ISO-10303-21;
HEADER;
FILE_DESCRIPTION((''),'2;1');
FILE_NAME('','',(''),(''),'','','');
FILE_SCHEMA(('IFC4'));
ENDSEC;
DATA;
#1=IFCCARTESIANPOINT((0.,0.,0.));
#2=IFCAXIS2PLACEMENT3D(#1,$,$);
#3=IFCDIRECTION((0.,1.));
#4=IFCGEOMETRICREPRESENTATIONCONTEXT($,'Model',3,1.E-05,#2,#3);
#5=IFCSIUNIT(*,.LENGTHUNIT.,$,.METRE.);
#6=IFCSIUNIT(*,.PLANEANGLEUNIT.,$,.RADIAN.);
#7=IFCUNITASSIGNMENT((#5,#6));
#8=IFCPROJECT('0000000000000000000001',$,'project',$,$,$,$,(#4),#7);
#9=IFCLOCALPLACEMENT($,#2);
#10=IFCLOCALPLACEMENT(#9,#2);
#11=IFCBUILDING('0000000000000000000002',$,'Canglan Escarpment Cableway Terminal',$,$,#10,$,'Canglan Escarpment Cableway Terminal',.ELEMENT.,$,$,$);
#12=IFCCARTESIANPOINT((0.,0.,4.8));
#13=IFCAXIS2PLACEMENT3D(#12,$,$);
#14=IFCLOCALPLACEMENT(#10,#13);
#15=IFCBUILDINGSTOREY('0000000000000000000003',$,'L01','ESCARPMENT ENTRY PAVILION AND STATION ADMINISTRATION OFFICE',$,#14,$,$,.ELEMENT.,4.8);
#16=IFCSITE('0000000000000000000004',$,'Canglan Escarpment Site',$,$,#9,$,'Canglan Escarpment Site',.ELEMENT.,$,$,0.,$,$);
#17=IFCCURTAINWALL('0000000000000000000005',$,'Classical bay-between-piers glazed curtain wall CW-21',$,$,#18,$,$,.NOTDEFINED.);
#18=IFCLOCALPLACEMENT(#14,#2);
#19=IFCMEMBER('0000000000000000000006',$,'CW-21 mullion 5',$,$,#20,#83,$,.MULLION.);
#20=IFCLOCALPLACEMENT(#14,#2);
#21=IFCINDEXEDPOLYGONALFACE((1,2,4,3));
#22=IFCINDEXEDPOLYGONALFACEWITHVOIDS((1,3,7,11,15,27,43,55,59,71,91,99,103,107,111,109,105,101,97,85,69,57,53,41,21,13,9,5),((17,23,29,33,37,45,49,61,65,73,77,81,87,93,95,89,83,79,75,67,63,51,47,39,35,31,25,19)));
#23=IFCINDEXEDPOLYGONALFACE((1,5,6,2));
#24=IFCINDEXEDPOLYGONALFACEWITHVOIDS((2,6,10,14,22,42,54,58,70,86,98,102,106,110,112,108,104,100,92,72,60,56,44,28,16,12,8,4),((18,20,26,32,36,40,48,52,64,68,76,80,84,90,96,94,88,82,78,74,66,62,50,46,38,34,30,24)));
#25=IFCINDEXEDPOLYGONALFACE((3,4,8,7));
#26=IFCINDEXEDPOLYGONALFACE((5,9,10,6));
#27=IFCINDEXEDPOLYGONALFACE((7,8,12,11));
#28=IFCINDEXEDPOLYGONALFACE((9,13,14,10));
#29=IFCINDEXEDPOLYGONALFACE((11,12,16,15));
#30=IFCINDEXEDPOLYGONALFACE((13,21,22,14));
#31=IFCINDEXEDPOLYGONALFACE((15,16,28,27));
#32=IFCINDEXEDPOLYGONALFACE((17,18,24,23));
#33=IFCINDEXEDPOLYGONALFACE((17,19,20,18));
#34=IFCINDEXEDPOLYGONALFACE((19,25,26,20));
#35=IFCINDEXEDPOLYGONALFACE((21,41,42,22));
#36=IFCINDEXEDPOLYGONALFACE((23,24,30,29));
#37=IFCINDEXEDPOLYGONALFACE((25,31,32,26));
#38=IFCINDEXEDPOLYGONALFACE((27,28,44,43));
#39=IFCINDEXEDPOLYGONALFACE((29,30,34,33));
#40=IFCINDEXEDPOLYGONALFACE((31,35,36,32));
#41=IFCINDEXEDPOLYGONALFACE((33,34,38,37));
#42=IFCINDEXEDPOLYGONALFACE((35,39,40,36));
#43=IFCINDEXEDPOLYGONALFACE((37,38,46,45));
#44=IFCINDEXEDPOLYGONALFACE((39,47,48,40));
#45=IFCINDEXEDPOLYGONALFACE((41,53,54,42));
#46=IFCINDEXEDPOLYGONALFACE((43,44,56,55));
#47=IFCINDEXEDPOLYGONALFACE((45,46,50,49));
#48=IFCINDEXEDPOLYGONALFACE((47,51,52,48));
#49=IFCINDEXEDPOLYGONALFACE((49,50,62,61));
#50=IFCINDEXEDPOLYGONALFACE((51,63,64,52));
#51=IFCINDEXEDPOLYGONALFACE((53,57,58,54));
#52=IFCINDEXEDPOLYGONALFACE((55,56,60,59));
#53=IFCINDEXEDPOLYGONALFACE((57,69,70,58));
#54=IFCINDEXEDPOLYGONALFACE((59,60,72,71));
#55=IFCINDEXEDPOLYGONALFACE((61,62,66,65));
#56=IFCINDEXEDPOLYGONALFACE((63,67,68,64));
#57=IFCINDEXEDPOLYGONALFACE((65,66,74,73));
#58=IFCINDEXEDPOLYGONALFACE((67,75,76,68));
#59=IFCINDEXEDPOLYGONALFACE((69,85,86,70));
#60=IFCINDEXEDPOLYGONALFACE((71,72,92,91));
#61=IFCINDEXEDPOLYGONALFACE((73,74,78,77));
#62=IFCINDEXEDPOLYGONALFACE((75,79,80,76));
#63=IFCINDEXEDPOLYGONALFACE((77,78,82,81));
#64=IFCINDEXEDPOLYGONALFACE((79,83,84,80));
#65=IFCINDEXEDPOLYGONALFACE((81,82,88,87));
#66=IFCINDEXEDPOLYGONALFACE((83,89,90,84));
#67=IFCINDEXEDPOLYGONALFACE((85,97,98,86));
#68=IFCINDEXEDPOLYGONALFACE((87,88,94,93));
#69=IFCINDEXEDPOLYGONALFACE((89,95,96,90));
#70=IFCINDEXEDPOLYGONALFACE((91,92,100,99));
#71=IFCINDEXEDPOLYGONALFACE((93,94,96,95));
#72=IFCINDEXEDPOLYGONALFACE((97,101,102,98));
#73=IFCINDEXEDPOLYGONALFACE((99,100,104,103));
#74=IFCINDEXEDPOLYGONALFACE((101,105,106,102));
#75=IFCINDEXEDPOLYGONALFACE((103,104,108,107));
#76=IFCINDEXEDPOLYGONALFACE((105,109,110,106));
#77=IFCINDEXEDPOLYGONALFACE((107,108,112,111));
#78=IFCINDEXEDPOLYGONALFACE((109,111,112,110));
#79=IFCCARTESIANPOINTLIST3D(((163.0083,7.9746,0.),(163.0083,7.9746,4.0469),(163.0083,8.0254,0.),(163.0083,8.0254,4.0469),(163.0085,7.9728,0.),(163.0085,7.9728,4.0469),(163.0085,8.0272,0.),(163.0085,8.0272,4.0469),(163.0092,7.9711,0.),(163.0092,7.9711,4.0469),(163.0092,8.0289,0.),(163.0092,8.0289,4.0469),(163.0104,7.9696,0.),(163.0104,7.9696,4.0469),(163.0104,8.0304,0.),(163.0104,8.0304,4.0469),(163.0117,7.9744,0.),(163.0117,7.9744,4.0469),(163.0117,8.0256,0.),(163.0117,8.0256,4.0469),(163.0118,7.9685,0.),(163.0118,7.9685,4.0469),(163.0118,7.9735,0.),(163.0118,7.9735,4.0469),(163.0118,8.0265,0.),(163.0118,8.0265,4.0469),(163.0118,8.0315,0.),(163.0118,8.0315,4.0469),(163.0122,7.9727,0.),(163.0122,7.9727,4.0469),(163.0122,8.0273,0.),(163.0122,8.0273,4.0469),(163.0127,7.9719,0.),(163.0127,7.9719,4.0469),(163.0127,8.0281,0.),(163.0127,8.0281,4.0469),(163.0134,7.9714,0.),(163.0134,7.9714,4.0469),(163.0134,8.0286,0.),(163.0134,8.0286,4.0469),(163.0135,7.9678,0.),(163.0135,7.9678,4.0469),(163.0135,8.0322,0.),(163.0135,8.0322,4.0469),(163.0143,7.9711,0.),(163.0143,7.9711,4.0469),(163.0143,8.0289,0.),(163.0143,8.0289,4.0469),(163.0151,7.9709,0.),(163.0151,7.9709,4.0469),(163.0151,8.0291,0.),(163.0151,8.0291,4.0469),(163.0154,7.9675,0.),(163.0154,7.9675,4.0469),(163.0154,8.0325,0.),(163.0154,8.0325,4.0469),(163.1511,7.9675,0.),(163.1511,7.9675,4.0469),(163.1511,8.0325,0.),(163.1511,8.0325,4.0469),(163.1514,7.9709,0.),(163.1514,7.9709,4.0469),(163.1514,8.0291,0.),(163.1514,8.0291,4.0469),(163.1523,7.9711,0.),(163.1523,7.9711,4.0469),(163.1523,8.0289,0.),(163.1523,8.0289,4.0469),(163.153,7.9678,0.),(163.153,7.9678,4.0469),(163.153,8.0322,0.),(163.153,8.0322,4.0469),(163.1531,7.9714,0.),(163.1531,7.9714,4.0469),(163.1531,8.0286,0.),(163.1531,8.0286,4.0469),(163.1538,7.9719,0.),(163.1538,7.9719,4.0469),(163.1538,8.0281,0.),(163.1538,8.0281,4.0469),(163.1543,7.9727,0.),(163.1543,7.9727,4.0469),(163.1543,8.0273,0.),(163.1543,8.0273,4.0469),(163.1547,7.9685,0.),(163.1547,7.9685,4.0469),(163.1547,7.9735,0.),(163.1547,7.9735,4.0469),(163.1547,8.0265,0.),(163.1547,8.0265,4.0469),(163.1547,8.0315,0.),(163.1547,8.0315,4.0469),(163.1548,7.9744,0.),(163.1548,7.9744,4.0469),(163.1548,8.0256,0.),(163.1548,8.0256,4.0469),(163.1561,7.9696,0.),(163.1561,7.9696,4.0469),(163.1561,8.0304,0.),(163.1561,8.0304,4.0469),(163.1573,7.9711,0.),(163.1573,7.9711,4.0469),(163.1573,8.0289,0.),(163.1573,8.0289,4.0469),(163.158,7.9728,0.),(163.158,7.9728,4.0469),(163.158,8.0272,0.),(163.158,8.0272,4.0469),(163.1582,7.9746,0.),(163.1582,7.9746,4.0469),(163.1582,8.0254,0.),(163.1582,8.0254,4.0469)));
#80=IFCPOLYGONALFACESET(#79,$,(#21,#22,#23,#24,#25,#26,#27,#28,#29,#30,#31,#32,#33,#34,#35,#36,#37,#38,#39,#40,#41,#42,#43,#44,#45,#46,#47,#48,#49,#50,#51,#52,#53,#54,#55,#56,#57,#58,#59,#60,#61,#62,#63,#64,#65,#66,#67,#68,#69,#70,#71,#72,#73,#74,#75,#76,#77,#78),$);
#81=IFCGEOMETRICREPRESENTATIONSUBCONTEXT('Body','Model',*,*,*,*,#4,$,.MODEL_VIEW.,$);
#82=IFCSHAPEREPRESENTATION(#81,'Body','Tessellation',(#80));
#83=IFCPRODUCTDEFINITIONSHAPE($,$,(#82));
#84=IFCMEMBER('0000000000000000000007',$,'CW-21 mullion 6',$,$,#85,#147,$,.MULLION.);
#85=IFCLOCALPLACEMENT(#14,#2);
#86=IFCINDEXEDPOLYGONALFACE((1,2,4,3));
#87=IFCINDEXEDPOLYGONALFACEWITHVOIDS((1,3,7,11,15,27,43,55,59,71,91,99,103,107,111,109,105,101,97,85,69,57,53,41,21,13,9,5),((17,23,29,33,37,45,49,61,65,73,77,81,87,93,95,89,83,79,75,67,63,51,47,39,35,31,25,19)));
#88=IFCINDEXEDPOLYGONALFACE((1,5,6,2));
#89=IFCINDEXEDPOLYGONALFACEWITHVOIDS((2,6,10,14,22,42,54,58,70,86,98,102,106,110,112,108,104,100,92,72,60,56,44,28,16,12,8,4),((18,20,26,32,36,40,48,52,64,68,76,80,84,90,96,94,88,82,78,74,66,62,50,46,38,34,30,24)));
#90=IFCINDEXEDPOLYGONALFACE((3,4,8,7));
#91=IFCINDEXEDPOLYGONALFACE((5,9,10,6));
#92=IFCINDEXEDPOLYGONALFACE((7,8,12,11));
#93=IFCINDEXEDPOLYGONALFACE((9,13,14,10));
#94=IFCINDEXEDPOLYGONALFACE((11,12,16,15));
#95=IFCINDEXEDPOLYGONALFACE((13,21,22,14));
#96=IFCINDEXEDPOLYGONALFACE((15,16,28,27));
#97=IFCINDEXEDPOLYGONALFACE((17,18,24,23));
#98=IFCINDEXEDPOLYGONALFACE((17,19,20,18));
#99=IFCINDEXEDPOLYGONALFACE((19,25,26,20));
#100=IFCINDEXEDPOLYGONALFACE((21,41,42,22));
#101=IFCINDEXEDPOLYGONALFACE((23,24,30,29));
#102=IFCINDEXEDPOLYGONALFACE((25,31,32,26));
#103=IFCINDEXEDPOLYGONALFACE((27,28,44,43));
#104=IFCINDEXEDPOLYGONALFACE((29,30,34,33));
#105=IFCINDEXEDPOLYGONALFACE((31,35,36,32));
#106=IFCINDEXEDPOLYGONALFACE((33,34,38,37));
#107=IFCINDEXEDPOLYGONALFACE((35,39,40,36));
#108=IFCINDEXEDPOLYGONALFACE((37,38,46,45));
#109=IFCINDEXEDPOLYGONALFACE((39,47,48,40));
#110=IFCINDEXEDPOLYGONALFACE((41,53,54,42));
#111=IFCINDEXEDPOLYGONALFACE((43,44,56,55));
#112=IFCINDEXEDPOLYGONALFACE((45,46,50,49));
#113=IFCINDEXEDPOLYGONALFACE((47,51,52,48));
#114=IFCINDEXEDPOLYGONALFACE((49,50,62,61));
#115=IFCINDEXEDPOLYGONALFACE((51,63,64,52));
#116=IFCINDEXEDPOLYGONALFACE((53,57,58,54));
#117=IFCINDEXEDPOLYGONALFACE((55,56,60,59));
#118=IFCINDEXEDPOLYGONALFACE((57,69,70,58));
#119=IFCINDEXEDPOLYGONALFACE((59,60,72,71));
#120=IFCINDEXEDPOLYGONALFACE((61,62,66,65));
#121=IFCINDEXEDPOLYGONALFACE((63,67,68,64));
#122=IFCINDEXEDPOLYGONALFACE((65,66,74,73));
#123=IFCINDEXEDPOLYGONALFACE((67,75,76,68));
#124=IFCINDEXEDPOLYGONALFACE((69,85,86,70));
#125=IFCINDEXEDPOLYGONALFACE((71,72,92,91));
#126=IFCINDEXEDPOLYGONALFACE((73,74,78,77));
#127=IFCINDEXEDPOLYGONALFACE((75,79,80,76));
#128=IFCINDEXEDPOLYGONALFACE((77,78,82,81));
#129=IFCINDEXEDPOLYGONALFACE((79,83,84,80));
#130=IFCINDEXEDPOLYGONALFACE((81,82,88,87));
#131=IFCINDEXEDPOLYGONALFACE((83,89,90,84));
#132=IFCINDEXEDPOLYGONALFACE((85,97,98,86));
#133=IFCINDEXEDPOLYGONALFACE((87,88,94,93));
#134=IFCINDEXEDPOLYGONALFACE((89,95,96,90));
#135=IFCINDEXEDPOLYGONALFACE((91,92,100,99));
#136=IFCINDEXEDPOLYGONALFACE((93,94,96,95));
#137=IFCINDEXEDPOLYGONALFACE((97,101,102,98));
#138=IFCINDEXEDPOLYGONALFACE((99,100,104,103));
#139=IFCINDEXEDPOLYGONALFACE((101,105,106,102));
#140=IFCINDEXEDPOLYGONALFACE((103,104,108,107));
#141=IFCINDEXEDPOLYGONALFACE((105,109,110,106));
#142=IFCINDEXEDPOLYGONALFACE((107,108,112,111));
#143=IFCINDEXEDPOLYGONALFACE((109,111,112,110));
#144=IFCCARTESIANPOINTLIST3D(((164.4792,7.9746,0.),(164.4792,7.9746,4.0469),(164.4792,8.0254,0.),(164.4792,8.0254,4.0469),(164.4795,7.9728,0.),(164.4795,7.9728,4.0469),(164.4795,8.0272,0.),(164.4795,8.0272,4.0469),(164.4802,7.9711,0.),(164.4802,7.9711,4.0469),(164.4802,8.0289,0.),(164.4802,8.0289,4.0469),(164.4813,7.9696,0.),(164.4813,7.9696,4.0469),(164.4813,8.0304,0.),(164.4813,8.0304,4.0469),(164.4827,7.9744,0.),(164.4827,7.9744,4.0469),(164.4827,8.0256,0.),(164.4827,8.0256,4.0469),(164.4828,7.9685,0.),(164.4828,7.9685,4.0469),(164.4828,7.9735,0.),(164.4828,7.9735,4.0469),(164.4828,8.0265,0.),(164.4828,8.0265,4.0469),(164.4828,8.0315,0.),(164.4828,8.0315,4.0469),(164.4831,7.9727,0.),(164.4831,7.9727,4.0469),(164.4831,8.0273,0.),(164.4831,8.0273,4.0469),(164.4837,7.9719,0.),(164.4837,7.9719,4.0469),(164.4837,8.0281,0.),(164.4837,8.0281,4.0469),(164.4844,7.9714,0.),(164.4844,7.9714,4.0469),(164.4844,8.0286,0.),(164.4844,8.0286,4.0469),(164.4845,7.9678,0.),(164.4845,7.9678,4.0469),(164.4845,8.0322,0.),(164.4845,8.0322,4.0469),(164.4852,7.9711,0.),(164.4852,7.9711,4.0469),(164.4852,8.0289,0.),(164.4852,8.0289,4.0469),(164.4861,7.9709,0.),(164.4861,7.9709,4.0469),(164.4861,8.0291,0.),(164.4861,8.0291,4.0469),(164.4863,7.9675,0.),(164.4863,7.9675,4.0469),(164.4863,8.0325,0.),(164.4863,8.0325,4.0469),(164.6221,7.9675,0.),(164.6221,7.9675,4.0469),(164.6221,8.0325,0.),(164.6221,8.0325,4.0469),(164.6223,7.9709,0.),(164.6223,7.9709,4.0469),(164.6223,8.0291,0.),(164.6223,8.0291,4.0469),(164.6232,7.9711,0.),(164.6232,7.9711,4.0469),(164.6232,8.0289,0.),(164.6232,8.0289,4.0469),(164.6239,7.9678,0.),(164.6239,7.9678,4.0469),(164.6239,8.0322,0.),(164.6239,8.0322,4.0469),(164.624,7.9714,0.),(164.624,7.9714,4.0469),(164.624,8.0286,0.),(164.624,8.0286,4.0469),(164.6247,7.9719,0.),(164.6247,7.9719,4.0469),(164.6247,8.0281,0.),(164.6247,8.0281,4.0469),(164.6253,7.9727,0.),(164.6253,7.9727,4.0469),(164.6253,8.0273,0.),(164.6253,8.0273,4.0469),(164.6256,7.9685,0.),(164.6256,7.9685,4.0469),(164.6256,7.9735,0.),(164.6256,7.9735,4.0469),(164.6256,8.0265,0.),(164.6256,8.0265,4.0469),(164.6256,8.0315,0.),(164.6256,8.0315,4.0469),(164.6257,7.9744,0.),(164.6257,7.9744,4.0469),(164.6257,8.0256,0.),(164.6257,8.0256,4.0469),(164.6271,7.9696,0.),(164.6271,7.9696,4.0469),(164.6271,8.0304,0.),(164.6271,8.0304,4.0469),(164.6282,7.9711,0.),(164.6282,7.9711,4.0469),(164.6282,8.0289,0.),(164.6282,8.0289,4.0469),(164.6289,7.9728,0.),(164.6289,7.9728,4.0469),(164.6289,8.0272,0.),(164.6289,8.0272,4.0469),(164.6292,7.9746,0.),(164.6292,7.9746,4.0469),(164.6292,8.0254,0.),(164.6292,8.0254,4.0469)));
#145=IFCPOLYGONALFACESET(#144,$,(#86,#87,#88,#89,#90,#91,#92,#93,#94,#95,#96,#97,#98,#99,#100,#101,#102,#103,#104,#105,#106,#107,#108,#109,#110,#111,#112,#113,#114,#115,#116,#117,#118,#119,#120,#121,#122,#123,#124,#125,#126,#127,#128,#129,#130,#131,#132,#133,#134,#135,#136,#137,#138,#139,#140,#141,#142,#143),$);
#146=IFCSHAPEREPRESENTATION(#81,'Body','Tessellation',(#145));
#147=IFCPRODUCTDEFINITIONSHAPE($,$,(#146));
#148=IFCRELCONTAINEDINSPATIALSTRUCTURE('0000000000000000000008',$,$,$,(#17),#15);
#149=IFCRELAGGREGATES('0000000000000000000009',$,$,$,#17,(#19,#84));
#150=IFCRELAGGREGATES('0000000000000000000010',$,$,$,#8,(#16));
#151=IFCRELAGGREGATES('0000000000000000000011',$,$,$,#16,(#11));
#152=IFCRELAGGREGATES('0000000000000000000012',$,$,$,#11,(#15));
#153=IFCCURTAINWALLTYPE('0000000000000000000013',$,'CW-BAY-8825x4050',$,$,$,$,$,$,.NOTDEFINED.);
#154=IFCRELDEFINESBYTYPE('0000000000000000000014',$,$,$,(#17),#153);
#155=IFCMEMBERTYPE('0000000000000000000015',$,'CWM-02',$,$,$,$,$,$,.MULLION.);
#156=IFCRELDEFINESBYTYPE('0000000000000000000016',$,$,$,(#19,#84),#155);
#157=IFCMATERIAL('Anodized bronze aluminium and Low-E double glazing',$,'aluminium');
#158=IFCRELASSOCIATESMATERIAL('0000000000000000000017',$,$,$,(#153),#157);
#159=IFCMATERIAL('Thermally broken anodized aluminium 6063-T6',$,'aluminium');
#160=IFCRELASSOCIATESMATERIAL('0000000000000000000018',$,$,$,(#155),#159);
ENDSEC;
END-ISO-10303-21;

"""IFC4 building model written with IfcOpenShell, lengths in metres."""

from ifc_helpers import new_model, si_unit, direction, frame, origin, origin_2d, place, context, subcontext, project, spatial, hollow_rectangle, extrude, material, material_profile, profile_set, type_object, element, aggregate, save


model = new_model("IFC4")

# Units and contexts
model_context = context("Model", 3, precision=1e-05, world=origin(), true_north=direction((0.0, 1.0)))
body_context = subcontext(model_context, "Body", "Model", "MODEL_VIEW")
ifc_project = project(units=[si_unit("LENGTHUNIT", "METRE"), si_unit("PLANEANGLEUNIT", "RADIAN")], contexts=[model_context])

# Site, building, storey
site_placement = place(None, origin())
site = spatial("IfcSite", under=ifc_project, at=site_placement, Name="Canglan Escarpment Site", LongName="Canglan Escarpment Site", CompositionType="ELEMENT", RefElevation=0.0)
building_placement = place(site_placement, origin())
building = spatial("IfcBuilding", under=site, at=building_placement, Name="Canglan Escarpment Cableway Terminal", LongName="Canglan Escarpment Cableway Terminal", CompositionType="ELEMENT")
storey_placement = place(building_placement, frame((0.0, 0.0, 4.8)))
storey = spatial("IfcBuildingStorey", under=building, at=storey_placement, Name="L01", Description="ESCARPMENT ENTRY PAVILION AND STATION ADMINISTRATION OFFICE", CompositionType="ELEMENT", Elevation=4.8)

# Curtain wall, members
ifc_material_1 = material(Name="Anodized bronze aluminium and Low-E double glazing", Category="aluminium")
curtain_wall_type_1 = type_object("IfcCurtainWallType", Name="CW-BAY-8825x4050", PredefinedType="NOTDEFINED", material=ifc_material_1)
curtain_wall_1_placement = place(storey_placement, origin())
curtain_wall_1 = element("IfcCurtainWall", 1, at=curtain_wall_1_placement, inside=storey, type_object=curtain_wall_type_1, Name="Classical bay-between-piers glazed curtain wall CW-21", PredefinedType="NOTDEFINED")
ifc_material_2 = material(Name="Thermally broken anodized aluminium 6063-T6", Category="aluminium")
ifc_material_profile_1 = material_profile(ifc_material_2, hollow_rectangle(XDim=0.0649, YDim=0.1499, WallThickness=0.0034, InnerFilletRadius=0.0034, OuterFilletRadius=0.0071, at=origin_2d()), Name="ALU-MULL 65x150x3.5")
ifc_profile_set_1 = profile_set([ifc_material_profile_1], Name="Thermally broken anodized aluminium 6063-T6")
member_type_1 = type_object("IfcMemberType", Name="CWM-02", PredefinedType="MULLION", material=ifc_profile_set_1)
member_1_placement = place(storey_placement, frame((163.0833, 8.0, 0.0), z_axis=(0.0, 0.0, 1.0), x_axis=(0.0, 1.0, 0.0)))
member_1 = element("IfcMember", 2, at=member_1_placement, type_object=member_type_1, Name="CW-21 mullion 5", PredefinedType="MULLION", context=body_context, shape_type="SweptSolid", body=[
    extrude(hollow_rectangle(XDim=0.0649, YDim=0.1499, WallThickness=0.0034, InnerFilletRadius=0.0034, OuterFilletRadius=0.0071, at=origin_2d()), origin(), (0.0, 0.0, 1.0), 4.0469),
])
member_2_placement = place(storey_placement, frame((164.5542, 8.0, 0.0), z_axis=(0.0, 0.0, 1.0), x_axis=(0.0, 1.0, 0.0)))
member_2 = element("IfcMember", 3, at=member_2_placement, type_object=member_type_1, Name="CW-21 mullion 6", PredefinedType="MULLION", context=body_context, shape_type="SweptSolid", body=[
    extrude(hollow_rectangle(XDim=0.0649, YDim=0.1499, WallThickness=0.0034, InnerFilletRadius=0.0034, OuterFilletRadius=0.0071, at=origin_2d()), origin(), (0.0, 0.0, 1.0), 4.0469),
])

aggregate(curtain_wall_1, [member_1, member_2])

save(model, "model.ifc")
